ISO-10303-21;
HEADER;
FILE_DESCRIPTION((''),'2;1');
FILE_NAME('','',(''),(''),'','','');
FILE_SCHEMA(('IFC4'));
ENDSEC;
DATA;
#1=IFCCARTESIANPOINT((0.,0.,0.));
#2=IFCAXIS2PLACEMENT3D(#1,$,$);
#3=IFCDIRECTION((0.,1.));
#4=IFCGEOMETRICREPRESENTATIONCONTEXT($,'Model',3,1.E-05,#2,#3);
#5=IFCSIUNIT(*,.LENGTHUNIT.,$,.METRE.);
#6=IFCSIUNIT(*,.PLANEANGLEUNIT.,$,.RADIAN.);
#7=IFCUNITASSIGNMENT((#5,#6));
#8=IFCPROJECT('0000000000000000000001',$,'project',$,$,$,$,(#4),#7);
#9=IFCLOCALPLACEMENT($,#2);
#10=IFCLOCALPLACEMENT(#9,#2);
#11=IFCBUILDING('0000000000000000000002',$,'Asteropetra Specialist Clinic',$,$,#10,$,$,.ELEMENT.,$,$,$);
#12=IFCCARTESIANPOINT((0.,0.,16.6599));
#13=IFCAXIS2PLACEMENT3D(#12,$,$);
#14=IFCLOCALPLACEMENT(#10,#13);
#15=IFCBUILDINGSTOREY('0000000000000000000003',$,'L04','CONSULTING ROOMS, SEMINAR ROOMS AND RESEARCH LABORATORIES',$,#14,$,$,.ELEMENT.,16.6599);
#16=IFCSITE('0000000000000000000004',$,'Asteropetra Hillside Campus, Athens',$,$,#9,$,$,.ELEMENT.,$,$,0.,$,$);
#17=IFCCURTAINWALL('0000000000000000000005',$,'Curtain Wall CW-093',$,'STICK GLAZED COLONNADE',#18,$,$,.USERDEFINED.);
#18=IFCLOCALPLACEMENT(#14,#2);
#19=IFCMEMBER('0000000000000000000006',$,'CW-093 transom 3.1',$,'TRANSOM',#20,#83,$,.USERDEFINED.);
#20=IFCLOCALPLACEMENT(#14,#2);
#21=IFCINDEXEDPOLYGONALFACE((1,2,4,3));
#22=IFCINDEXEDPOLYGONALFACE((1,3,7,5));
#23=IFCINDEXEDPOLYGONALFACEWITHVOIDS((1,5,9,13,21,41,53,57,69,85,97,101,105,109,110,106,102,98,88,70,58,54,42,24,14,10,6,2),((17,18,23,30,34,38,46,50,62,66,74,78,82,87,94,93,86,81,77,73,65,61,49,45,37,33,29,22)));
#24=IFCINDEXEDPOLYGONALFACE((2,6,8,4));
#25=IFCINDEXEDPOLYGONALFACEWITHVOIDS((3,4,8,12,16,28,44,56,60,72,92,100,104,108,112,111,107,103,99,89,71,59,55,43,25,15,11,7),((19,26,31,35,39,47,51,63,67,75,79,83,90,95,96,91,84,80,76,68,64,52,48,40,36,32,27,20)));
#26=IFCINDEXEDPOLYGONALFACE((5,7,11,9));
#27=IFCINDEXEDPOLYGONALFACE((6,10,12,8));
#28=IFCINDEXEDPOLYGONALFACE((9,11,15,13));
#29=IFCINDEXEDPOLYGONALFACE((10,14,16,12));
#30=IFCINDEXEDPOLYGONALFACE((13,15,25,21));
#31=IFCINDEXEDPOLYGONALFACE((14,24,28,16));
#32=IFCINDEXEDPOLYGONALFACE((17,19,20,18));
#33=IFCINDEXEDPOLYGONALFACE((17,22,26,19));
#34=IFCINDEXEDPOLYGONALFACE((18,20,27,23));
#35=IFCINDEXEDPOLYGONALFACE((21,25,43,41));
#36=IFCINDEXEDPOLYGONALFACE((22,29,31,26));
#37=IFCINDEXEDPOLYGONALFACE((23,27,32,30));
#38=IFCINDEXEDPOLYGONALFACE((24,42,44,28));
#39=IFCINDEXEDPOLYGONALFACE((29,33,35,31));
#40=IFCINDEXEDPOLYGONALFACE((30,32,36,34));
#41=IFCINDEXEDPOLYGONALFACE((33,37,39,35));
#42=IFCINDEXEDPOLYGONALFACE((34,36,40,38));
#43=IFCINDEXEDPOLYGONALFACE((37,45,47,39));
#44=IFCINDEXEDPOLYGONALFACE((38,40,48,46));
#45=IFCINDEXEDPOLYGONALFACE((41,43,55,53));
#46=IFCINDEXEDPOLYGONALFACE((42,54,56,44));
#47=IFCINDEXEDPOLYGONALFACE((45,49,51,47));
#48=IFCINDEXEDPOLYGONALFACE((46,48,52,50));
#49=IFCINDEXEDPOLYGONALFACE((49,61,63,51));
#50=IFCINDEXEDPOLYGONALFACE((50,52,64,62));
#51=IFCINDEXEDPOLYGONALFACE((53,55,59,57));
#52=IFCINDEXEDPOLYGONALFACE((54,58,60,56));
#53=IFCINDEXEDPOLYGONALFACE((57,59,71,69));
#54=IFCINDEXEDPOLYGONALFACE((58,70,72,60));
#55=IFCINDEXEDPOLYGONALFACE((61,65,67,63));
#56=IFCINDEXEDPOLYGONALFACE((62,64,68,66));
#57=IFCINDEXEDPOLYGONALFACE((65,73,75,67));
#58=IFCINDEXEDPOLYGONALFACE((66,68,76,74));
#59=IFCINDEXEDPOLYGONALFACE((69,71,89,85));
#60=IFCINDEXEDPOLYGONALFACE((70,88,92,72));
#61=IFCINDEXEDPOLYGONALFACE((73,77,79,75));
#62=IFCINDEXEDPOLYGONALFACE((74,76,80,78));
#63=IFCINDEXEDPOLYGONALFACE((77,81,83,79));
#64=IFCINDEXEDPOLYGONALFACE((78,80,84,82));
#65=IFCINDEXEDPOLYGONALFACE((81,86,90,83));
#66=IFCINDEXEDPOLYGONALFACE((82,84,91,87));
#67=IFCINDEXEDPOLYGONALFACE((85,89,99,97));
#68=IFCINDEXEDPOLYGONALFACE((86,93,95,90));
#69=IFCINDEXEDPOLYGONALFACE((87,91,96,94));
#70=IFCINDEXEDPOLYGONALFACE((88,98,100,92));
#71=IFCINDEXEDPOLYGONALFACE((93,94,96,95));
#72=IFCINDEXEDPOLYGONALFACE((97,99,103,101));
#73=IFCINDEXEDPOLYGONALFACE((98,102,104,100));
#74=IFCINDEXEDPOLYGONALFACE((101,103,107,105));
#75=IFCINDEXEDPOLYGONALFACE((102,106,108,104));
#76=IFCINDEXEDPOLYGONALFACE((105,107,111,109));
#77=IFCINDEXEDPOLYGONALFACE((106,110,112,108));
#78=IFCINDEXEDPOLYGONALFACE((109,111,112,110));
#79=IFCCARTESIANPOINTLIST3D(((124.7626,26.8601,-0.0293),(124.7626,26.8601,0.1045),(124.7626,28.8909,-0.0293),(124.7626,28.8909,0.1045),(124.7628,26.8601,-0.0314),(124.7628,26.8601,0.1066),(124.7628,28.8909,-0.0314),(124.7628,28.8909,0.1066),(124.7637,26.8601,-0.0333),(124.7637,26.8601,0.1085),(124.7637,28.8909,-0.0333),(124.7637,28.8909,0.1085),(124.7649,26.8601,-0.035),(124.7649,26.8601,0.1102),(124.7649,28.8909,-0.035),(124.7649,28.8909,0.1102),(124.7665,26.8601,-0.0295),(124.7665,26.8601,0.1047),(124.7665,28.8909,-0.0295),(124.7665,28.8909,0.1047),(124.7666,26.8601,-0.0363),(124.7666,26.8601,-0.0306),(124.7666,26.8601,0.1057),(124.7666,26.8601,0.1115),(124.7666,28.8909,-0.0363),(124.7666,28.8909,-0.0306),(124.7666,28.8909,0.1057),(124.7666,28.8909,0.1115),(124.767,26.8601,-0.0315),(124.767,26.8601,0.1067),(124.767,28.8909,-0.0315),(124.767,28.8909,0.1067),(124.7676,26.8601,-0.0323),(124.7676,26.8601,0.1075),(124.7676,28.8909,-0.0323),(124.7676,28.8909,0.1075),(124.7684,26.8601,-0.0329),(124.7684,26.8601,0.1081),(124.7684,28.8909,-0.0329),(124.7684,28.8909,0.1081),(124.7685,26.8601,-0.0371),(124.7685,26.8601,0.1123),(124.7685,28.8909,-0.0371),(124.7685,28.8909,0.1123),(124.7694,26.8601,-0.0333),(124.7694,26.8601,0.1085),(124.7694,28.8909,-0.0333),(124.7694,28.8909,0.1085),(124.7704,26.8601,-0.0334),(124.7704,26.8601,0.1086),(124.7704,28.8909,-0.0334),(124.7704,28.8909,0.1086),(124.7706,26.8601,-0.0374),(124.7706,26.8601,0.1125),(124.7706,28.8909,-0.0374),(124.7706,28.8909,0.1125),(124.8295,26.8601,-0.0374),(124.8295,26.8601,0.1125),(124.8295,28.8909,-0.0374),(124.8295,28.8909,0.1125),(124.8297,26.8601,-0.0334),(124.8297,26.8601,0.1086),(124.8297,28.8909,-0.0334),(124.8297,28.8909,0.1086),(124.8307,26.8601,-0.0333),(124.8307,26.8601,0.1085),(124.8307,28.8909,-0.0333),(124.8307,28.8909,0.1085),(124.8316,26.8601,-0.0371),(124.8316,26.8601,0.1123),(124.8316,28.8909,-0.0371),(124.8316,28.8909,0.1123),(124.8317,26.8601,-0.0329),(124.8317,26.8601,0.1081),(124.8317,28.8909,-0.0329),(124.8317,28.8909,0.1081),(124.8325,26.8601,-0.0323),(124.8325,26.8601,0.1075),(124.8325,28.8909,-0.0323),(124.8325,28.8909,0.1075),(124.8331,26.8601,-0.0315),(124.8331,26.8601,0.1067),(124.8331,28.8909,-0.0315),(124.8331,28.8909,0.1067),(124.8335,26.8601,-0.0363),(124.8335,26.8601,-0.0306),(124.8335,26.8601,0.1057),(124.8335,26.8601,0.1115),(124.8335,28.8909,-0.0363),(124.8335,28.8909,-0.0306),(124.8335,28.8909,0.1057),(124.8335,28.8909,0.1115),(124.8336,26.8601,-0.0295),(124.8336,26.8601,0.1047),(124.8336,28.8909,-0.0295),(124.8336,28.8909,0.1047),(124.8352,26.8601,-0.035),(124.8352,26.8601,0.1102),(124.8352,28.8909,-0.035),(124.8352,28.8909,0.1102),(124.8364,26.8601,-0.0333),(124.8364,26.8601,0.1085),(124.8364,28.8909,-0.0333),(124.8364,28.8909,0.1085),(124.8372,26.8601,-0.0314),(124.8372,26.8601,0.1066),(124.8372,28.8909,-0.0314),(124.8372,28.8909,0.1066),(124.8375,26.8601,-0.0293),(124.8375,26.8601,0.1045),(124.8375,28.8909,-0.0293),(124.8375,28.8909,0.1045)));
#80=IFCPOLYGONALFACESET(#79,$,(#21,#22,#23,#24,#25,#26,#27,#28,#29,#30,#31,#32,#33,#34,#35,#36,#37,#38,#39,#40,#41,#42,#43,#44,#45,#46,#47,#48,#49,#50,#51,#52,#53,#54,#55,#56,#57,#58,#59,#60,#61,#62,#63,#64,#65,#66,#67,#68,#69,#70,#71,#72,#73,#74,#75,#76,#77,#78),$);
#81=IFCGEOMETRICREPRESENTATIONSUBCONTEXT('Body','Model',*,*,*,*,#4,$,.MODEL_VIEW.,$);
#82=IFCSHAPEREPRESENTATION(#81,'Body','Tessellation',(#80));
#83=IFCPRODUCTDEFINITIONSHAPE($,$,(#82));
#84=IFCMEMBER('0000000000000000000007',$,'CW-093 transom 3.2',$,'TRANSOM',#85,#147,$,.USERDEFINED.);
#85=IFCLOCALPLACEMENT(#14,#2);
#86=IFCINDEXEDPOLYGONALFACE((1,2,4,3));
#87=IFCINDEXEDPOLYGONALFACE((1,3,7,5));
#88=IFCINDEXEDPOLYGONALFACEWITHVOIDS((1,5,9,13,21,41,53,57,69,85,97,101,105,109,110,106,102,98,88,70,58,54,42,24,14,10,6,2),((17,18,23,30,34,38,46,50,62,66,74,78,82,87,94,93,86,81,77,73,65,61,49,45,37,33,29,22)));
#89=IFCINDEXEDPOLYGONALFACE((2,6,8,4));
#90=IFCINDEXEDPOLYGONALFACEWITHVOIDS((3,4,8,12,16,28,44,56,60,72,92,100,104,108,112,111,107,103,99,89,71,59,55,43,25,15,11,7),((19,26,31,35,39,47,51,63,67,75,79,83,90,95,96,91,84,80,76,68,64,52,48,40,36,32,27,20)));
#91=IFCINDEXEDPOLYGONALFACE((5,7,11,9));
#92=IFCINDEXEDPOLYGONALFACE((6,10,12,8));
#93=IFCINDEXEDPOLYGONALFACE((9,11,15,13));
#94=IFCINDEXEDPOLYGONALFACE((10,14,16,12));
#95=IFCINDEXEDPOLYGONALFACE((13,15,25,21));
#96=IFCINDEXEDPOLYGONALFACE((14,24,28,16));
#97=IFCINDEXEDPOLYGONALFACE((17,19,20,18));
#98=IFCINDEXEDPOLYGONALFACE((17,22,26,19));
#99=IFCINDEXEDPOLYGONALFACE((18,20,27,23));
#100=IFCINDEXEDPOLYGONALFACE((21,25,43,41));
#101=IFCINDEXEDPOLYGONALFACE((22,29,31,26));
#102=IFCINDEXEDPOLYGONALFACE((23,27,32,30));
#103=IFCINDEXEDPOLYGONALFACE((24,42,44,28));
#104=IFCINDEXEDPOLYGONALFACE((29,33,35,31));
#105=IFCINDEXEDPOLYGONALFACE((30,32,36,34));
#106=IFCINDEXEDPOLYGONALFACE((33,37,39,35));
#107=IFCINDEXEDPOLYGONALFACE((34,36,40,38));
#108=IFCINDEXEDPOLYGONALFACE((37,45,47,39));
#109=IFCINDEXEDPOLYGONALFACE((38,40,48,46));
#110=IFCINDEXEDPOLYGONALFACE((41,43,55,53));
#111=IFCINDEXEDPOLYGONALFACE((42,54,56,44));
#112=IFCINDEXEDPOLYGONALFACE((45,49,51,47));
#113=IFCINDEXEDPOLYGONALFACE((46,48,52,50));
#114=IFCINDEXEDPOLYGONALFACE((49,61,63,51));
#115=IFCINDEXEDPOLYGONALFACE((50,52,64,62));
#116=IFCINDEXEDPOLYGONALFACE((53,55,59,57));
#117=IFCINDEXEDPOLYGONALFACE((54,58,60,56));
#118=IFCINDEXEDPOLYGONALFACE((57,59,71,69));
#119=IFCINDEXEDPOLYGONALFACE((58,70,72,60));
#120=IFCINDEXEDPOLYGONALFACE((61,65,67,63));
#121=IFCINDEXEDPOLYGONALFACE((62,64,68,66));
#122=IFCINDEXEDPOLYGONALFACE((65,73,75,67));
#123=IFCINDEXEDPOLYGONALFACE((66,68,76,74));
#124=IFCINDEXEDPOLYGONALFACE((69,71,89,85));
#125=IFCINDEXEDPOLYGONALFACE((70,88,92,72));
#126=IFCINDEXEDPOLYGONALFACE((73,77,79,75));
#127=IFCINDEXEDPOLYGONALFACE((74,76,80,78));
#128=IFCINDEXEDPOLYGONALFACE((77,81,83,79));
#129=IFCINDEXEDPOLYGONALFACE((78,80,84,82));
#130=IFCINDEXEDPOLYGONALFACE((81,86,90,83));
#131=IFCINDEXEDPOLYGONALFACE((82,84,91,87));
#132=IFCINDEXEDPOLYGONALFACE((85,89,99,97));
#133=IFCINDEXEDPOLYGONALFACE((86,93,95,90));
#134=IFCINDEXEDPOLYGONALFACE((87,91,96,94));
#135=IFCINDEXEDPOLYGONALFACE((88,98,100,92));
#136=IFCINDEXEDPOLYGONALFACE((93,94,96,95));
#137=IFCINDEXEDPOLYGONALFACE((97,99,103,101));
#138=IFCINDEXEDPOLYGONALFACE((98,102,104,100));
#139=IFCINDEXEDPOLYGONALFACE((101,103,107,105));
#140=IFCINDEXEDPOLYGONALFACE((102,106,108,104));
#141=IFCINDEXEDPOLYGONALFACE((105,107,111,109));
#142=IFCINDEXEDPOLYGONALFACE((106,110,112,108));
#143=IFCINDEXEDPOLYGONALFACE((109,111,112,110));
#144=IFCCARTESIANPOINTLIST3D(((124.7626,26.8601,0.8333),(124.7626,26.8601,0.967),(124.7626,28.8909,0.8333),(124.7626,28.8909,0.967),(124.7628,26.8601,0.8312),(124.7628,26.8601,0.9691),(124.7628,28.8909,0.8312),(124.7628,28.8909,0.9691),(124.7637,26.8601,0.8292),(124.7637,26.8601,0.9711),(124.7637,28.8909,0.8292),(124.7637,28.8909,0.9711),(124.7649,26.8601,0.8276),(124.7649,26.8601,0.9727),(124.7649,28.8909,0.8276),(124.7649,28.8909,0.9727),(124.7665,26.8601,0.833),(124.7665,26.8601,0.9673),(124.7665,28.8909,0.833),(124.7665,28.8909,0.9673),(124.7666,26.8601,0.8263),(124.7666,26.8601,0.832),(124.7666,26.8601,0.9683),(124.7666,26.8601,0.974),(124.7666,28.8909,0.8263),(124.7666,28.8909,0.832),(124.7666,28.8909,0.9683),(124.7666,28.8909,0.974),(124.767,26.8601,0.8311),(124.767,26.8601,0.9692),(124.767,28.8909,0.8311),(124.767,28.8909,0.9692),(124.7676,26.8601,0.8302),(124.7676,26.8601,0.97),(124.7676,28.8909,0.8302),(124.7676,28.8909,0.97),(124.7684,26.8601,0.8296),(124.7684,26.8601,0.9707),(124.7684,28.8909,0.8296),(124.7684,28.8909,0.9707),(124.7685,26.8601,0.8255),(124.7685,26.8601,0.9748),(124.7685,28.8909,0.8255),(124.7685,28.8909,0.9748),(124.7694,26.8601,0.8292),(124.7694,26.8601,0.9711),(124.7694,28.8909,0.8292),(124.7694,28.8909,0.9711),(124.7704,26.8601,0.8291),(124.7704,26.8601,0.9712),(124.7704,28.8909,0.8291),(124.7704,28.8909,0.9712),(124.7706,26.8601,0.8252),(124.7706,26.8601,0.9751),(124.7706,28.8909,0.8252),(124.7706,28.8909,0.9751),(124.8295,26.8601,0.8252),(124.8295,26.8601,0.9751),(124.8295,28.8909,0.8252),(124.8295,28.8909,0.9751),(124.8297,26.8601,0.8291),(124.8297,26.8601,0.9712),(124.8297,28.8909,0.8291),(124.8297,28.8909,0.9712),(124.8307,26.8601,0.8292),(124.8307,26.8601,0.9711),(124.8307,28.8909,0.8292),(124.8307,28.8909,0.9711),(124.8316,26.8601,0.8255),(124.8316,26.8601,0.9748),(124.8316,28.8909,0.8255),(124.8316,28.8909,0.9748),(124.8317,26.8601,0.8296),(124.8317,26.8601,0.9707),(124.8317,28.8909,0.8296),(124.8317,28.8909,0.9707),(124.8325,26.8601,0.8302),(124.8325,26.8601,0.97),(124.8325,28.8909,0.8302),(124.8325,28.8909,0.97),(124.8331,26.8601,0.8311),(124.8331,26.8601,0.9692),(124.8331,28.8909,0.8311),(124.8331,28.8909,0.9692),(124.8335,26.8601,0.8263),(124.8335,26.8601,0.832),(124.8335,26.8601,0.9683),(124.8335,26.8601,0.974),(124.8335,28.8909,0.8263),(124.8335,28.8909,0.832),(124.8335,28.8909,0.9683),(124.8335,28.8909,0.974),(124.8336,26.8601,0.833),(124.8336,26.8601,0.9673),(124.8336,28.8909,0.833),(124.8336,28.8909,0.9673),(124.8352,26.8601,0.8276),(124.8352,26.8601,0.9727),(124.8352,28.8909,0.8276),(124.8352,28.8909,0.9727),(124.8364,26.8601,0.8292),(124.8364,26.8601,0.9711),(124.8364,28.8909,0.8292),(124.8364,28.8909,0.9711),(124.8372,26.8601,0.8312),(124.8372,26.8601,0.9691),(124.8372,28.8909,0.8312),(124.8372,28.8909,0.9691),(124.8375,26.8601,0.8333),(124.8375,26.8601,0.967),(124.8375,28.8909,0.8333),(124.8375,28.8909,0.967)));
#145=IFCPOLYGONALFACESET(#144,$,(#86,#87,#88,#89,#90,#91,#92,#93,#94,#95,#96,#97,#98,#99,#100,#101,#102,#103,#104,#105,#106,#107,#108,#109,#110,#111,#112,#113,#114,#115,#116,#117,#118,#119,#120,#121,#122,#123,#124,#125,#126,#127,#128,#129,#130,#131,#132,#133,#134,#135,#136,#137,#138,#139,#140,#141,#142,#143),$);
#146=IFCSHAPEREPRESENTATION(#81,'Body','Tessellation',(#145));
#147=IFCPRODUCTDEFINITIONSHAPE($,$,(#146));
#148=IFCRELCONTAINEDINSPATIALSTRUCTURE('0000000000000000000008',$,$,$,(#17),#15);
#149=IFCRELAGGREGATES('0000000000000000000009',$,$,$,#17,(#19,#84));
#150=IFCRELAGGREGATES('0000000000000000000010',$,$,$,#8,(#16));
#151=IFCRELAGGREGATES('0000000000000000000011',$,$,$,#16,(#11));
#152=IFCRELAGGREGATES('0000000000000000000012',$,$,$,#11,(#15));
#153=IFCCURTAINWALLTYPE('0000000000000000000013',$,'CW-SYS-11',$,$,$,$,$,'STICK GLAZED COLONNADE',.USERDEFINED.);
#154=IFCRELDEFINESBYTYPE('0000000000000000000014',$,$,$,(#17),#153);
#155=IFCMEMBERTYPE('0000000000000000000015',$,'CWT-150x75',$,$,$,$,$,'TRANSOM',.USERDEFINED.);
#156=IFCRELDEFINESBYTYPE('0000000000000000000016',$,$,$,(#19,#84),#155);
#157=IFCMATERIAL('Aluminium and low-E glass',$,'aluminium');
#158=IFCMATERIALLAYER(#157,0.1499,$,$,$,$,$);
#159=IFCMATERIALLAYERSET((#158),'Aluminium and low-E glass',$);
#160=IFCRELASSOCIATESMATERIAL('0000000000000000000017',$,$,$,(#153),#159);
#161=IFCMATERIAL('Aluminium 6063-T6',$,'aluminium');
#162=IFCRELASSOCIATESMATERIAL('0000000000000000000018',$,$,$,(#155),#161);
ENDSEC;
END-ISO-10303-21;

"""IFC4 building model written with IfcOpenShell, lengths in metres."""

from ifc_helpers import new_model, si_unit, direction, frame, origin, origin_2d, place, context, subcontext, project, spatial, hollow_rectangle, extrude, material, layer, layer_set, material_profile, profile_set, type_object, element, aggregate, save


model = new_model("IFC4")

# Units and contexts
model_context = context("Model", 3, precision=1e-05, world=origin(), true_north=direction((0.0, 1.0)))
body_context = subcontext(model_context, "Body", "Model", "MODEL_VIEW")
ifc_project = project(units=[si_unit("LENGTHUNIT", "METRE"), si_unit("PLANEANGLEUNIT", "RADIAN")], contexts=[model_context])

# Site, building, storey
site_placement = place(None, origin())
site = spatial("IfcSite", under=ifc_project, at=site_placement, Name="Asteropetra Hillside Campus, Athens", CompositionType="ELEMENT", RefElevation=0.0)
building_placement = place(site_placement, origin())
building = spatial("IfcBuilding", under=site, at=building_placement, Name="Asteropetra Specialist Clinic", CompositionType="ELEMENT")
storey_placement = place(building_placement, frame((0.0, 0.0, 16.6599)))
storey = spatial("IfcBuildingStorey", under=building, at=storey_placement, Name="L04", Description="CONSULTING ROOMS, SEMINAR ROOMS AND RESEARCH LABORATORIES", CompositionType="ELEMENT", Elevation=16.6599)

# Curtain wall
ifc_material_1 = material(Name="Aluminium and low-E glass", Category="aluminium")
ifc_layer_1 = layer(ifc_material_1, 0.1499)
ifc_layer_set_1 = layer_set([ifc_layer_1], Name="Aluminium and low-E glass")
curtain_wall_type_1 = type_object("IfcCurtainWallType", Name="CW-SYS-11", ElementType="STICK GLAZED COLONNADE", PredefinedType="USERDEFINED", material=ifc_layer_set_1)
curtain_wall_1_placement = place(storey_placement, origin())
curtain_wall_1 = element("IfcCurtainWall", 1, at=curtain_wall_1_placement, inside=storey, type_object=curtain_wall_type_1, Name="Curtain Wall CW-093", ObjectType="STICK GLAZED COLONNADE", PredefinedType="USERDEFINED")

# Members
ifc_material_2 = material(Name="Aluminium 6063-T6", Category="aluminium")
ifc_material_profile_1 = material_profile(ifc_material_2, hollow_rectangle(XDim=0.075, YDim=0.1499, WallThickness=0.0039, InnerFilletRadius=0.0039, OuterFilletRadius=0.0081, at=origin_2d()), Name="TRN 150x75x4.0")
ifc_profile_set_1 = profile_set([ifc_material_profile_1], Name="Aluminium 6063-T6")
member_type_1 = type_object("IfcMemberType", Name="CWT-150x75", ElementType="TRANSOM", PredefinedType="USERDEFINED", material=ifc_profile_set_1)
member_1_placement = place(storey_placement, frame((124.8, 28.8909, 0.0376), z_axis=(0.0, -1.0, 0.0), x_axis=(1.0, 0.0, 0.0)))
member_1 = element("IfcMember", 2, at=member_1_placement, type_object=member_type_1, Name="CW-093 transom 3.1", ObjectType="TRANSOM", PredefinedType="USERDEFINED", context=body_context, shape_type="SweptSolid", body=[
    extrude(hollow_rectangle(XDim=0.075, YDim=0.1499, WallThickness=0.0039, InnerFilletRadius=0.0039, OuterFilletRadius=0.0081, at=origin_2d()), origin(), (0.0, 0.0, 1.0), 2.0308),
])
member_2_placement = place(storey_placement, frame((124.8, 28.8909, 0.9001), z_axis=(0.0, -1.0, 0.0), x_axis=(1.0, 0.0, 0.0)))
member_2 = element("IfcMember", 3, at=member_2_placement, type_object=member_type_1, Name="CW-093 transom 3.2", ObjectType="TRANSOM", PredefinedType="USERDEFINED", context=body_context, shape_type="SweptSolid", body=[
    extrude(hollow_rectangle(XDim=0.075, YDim=0.1499, WallThickness=0.0039, InnerFilletRadius=0.0039, OuterFilletRadius=0.0081, at=origin_2d()), origin(), (0.0, 0.0, 1.0), 2.0308),
])

aggregate(curtain_wall_1, [member_1, member_2])

save(model, "model.ifc")
